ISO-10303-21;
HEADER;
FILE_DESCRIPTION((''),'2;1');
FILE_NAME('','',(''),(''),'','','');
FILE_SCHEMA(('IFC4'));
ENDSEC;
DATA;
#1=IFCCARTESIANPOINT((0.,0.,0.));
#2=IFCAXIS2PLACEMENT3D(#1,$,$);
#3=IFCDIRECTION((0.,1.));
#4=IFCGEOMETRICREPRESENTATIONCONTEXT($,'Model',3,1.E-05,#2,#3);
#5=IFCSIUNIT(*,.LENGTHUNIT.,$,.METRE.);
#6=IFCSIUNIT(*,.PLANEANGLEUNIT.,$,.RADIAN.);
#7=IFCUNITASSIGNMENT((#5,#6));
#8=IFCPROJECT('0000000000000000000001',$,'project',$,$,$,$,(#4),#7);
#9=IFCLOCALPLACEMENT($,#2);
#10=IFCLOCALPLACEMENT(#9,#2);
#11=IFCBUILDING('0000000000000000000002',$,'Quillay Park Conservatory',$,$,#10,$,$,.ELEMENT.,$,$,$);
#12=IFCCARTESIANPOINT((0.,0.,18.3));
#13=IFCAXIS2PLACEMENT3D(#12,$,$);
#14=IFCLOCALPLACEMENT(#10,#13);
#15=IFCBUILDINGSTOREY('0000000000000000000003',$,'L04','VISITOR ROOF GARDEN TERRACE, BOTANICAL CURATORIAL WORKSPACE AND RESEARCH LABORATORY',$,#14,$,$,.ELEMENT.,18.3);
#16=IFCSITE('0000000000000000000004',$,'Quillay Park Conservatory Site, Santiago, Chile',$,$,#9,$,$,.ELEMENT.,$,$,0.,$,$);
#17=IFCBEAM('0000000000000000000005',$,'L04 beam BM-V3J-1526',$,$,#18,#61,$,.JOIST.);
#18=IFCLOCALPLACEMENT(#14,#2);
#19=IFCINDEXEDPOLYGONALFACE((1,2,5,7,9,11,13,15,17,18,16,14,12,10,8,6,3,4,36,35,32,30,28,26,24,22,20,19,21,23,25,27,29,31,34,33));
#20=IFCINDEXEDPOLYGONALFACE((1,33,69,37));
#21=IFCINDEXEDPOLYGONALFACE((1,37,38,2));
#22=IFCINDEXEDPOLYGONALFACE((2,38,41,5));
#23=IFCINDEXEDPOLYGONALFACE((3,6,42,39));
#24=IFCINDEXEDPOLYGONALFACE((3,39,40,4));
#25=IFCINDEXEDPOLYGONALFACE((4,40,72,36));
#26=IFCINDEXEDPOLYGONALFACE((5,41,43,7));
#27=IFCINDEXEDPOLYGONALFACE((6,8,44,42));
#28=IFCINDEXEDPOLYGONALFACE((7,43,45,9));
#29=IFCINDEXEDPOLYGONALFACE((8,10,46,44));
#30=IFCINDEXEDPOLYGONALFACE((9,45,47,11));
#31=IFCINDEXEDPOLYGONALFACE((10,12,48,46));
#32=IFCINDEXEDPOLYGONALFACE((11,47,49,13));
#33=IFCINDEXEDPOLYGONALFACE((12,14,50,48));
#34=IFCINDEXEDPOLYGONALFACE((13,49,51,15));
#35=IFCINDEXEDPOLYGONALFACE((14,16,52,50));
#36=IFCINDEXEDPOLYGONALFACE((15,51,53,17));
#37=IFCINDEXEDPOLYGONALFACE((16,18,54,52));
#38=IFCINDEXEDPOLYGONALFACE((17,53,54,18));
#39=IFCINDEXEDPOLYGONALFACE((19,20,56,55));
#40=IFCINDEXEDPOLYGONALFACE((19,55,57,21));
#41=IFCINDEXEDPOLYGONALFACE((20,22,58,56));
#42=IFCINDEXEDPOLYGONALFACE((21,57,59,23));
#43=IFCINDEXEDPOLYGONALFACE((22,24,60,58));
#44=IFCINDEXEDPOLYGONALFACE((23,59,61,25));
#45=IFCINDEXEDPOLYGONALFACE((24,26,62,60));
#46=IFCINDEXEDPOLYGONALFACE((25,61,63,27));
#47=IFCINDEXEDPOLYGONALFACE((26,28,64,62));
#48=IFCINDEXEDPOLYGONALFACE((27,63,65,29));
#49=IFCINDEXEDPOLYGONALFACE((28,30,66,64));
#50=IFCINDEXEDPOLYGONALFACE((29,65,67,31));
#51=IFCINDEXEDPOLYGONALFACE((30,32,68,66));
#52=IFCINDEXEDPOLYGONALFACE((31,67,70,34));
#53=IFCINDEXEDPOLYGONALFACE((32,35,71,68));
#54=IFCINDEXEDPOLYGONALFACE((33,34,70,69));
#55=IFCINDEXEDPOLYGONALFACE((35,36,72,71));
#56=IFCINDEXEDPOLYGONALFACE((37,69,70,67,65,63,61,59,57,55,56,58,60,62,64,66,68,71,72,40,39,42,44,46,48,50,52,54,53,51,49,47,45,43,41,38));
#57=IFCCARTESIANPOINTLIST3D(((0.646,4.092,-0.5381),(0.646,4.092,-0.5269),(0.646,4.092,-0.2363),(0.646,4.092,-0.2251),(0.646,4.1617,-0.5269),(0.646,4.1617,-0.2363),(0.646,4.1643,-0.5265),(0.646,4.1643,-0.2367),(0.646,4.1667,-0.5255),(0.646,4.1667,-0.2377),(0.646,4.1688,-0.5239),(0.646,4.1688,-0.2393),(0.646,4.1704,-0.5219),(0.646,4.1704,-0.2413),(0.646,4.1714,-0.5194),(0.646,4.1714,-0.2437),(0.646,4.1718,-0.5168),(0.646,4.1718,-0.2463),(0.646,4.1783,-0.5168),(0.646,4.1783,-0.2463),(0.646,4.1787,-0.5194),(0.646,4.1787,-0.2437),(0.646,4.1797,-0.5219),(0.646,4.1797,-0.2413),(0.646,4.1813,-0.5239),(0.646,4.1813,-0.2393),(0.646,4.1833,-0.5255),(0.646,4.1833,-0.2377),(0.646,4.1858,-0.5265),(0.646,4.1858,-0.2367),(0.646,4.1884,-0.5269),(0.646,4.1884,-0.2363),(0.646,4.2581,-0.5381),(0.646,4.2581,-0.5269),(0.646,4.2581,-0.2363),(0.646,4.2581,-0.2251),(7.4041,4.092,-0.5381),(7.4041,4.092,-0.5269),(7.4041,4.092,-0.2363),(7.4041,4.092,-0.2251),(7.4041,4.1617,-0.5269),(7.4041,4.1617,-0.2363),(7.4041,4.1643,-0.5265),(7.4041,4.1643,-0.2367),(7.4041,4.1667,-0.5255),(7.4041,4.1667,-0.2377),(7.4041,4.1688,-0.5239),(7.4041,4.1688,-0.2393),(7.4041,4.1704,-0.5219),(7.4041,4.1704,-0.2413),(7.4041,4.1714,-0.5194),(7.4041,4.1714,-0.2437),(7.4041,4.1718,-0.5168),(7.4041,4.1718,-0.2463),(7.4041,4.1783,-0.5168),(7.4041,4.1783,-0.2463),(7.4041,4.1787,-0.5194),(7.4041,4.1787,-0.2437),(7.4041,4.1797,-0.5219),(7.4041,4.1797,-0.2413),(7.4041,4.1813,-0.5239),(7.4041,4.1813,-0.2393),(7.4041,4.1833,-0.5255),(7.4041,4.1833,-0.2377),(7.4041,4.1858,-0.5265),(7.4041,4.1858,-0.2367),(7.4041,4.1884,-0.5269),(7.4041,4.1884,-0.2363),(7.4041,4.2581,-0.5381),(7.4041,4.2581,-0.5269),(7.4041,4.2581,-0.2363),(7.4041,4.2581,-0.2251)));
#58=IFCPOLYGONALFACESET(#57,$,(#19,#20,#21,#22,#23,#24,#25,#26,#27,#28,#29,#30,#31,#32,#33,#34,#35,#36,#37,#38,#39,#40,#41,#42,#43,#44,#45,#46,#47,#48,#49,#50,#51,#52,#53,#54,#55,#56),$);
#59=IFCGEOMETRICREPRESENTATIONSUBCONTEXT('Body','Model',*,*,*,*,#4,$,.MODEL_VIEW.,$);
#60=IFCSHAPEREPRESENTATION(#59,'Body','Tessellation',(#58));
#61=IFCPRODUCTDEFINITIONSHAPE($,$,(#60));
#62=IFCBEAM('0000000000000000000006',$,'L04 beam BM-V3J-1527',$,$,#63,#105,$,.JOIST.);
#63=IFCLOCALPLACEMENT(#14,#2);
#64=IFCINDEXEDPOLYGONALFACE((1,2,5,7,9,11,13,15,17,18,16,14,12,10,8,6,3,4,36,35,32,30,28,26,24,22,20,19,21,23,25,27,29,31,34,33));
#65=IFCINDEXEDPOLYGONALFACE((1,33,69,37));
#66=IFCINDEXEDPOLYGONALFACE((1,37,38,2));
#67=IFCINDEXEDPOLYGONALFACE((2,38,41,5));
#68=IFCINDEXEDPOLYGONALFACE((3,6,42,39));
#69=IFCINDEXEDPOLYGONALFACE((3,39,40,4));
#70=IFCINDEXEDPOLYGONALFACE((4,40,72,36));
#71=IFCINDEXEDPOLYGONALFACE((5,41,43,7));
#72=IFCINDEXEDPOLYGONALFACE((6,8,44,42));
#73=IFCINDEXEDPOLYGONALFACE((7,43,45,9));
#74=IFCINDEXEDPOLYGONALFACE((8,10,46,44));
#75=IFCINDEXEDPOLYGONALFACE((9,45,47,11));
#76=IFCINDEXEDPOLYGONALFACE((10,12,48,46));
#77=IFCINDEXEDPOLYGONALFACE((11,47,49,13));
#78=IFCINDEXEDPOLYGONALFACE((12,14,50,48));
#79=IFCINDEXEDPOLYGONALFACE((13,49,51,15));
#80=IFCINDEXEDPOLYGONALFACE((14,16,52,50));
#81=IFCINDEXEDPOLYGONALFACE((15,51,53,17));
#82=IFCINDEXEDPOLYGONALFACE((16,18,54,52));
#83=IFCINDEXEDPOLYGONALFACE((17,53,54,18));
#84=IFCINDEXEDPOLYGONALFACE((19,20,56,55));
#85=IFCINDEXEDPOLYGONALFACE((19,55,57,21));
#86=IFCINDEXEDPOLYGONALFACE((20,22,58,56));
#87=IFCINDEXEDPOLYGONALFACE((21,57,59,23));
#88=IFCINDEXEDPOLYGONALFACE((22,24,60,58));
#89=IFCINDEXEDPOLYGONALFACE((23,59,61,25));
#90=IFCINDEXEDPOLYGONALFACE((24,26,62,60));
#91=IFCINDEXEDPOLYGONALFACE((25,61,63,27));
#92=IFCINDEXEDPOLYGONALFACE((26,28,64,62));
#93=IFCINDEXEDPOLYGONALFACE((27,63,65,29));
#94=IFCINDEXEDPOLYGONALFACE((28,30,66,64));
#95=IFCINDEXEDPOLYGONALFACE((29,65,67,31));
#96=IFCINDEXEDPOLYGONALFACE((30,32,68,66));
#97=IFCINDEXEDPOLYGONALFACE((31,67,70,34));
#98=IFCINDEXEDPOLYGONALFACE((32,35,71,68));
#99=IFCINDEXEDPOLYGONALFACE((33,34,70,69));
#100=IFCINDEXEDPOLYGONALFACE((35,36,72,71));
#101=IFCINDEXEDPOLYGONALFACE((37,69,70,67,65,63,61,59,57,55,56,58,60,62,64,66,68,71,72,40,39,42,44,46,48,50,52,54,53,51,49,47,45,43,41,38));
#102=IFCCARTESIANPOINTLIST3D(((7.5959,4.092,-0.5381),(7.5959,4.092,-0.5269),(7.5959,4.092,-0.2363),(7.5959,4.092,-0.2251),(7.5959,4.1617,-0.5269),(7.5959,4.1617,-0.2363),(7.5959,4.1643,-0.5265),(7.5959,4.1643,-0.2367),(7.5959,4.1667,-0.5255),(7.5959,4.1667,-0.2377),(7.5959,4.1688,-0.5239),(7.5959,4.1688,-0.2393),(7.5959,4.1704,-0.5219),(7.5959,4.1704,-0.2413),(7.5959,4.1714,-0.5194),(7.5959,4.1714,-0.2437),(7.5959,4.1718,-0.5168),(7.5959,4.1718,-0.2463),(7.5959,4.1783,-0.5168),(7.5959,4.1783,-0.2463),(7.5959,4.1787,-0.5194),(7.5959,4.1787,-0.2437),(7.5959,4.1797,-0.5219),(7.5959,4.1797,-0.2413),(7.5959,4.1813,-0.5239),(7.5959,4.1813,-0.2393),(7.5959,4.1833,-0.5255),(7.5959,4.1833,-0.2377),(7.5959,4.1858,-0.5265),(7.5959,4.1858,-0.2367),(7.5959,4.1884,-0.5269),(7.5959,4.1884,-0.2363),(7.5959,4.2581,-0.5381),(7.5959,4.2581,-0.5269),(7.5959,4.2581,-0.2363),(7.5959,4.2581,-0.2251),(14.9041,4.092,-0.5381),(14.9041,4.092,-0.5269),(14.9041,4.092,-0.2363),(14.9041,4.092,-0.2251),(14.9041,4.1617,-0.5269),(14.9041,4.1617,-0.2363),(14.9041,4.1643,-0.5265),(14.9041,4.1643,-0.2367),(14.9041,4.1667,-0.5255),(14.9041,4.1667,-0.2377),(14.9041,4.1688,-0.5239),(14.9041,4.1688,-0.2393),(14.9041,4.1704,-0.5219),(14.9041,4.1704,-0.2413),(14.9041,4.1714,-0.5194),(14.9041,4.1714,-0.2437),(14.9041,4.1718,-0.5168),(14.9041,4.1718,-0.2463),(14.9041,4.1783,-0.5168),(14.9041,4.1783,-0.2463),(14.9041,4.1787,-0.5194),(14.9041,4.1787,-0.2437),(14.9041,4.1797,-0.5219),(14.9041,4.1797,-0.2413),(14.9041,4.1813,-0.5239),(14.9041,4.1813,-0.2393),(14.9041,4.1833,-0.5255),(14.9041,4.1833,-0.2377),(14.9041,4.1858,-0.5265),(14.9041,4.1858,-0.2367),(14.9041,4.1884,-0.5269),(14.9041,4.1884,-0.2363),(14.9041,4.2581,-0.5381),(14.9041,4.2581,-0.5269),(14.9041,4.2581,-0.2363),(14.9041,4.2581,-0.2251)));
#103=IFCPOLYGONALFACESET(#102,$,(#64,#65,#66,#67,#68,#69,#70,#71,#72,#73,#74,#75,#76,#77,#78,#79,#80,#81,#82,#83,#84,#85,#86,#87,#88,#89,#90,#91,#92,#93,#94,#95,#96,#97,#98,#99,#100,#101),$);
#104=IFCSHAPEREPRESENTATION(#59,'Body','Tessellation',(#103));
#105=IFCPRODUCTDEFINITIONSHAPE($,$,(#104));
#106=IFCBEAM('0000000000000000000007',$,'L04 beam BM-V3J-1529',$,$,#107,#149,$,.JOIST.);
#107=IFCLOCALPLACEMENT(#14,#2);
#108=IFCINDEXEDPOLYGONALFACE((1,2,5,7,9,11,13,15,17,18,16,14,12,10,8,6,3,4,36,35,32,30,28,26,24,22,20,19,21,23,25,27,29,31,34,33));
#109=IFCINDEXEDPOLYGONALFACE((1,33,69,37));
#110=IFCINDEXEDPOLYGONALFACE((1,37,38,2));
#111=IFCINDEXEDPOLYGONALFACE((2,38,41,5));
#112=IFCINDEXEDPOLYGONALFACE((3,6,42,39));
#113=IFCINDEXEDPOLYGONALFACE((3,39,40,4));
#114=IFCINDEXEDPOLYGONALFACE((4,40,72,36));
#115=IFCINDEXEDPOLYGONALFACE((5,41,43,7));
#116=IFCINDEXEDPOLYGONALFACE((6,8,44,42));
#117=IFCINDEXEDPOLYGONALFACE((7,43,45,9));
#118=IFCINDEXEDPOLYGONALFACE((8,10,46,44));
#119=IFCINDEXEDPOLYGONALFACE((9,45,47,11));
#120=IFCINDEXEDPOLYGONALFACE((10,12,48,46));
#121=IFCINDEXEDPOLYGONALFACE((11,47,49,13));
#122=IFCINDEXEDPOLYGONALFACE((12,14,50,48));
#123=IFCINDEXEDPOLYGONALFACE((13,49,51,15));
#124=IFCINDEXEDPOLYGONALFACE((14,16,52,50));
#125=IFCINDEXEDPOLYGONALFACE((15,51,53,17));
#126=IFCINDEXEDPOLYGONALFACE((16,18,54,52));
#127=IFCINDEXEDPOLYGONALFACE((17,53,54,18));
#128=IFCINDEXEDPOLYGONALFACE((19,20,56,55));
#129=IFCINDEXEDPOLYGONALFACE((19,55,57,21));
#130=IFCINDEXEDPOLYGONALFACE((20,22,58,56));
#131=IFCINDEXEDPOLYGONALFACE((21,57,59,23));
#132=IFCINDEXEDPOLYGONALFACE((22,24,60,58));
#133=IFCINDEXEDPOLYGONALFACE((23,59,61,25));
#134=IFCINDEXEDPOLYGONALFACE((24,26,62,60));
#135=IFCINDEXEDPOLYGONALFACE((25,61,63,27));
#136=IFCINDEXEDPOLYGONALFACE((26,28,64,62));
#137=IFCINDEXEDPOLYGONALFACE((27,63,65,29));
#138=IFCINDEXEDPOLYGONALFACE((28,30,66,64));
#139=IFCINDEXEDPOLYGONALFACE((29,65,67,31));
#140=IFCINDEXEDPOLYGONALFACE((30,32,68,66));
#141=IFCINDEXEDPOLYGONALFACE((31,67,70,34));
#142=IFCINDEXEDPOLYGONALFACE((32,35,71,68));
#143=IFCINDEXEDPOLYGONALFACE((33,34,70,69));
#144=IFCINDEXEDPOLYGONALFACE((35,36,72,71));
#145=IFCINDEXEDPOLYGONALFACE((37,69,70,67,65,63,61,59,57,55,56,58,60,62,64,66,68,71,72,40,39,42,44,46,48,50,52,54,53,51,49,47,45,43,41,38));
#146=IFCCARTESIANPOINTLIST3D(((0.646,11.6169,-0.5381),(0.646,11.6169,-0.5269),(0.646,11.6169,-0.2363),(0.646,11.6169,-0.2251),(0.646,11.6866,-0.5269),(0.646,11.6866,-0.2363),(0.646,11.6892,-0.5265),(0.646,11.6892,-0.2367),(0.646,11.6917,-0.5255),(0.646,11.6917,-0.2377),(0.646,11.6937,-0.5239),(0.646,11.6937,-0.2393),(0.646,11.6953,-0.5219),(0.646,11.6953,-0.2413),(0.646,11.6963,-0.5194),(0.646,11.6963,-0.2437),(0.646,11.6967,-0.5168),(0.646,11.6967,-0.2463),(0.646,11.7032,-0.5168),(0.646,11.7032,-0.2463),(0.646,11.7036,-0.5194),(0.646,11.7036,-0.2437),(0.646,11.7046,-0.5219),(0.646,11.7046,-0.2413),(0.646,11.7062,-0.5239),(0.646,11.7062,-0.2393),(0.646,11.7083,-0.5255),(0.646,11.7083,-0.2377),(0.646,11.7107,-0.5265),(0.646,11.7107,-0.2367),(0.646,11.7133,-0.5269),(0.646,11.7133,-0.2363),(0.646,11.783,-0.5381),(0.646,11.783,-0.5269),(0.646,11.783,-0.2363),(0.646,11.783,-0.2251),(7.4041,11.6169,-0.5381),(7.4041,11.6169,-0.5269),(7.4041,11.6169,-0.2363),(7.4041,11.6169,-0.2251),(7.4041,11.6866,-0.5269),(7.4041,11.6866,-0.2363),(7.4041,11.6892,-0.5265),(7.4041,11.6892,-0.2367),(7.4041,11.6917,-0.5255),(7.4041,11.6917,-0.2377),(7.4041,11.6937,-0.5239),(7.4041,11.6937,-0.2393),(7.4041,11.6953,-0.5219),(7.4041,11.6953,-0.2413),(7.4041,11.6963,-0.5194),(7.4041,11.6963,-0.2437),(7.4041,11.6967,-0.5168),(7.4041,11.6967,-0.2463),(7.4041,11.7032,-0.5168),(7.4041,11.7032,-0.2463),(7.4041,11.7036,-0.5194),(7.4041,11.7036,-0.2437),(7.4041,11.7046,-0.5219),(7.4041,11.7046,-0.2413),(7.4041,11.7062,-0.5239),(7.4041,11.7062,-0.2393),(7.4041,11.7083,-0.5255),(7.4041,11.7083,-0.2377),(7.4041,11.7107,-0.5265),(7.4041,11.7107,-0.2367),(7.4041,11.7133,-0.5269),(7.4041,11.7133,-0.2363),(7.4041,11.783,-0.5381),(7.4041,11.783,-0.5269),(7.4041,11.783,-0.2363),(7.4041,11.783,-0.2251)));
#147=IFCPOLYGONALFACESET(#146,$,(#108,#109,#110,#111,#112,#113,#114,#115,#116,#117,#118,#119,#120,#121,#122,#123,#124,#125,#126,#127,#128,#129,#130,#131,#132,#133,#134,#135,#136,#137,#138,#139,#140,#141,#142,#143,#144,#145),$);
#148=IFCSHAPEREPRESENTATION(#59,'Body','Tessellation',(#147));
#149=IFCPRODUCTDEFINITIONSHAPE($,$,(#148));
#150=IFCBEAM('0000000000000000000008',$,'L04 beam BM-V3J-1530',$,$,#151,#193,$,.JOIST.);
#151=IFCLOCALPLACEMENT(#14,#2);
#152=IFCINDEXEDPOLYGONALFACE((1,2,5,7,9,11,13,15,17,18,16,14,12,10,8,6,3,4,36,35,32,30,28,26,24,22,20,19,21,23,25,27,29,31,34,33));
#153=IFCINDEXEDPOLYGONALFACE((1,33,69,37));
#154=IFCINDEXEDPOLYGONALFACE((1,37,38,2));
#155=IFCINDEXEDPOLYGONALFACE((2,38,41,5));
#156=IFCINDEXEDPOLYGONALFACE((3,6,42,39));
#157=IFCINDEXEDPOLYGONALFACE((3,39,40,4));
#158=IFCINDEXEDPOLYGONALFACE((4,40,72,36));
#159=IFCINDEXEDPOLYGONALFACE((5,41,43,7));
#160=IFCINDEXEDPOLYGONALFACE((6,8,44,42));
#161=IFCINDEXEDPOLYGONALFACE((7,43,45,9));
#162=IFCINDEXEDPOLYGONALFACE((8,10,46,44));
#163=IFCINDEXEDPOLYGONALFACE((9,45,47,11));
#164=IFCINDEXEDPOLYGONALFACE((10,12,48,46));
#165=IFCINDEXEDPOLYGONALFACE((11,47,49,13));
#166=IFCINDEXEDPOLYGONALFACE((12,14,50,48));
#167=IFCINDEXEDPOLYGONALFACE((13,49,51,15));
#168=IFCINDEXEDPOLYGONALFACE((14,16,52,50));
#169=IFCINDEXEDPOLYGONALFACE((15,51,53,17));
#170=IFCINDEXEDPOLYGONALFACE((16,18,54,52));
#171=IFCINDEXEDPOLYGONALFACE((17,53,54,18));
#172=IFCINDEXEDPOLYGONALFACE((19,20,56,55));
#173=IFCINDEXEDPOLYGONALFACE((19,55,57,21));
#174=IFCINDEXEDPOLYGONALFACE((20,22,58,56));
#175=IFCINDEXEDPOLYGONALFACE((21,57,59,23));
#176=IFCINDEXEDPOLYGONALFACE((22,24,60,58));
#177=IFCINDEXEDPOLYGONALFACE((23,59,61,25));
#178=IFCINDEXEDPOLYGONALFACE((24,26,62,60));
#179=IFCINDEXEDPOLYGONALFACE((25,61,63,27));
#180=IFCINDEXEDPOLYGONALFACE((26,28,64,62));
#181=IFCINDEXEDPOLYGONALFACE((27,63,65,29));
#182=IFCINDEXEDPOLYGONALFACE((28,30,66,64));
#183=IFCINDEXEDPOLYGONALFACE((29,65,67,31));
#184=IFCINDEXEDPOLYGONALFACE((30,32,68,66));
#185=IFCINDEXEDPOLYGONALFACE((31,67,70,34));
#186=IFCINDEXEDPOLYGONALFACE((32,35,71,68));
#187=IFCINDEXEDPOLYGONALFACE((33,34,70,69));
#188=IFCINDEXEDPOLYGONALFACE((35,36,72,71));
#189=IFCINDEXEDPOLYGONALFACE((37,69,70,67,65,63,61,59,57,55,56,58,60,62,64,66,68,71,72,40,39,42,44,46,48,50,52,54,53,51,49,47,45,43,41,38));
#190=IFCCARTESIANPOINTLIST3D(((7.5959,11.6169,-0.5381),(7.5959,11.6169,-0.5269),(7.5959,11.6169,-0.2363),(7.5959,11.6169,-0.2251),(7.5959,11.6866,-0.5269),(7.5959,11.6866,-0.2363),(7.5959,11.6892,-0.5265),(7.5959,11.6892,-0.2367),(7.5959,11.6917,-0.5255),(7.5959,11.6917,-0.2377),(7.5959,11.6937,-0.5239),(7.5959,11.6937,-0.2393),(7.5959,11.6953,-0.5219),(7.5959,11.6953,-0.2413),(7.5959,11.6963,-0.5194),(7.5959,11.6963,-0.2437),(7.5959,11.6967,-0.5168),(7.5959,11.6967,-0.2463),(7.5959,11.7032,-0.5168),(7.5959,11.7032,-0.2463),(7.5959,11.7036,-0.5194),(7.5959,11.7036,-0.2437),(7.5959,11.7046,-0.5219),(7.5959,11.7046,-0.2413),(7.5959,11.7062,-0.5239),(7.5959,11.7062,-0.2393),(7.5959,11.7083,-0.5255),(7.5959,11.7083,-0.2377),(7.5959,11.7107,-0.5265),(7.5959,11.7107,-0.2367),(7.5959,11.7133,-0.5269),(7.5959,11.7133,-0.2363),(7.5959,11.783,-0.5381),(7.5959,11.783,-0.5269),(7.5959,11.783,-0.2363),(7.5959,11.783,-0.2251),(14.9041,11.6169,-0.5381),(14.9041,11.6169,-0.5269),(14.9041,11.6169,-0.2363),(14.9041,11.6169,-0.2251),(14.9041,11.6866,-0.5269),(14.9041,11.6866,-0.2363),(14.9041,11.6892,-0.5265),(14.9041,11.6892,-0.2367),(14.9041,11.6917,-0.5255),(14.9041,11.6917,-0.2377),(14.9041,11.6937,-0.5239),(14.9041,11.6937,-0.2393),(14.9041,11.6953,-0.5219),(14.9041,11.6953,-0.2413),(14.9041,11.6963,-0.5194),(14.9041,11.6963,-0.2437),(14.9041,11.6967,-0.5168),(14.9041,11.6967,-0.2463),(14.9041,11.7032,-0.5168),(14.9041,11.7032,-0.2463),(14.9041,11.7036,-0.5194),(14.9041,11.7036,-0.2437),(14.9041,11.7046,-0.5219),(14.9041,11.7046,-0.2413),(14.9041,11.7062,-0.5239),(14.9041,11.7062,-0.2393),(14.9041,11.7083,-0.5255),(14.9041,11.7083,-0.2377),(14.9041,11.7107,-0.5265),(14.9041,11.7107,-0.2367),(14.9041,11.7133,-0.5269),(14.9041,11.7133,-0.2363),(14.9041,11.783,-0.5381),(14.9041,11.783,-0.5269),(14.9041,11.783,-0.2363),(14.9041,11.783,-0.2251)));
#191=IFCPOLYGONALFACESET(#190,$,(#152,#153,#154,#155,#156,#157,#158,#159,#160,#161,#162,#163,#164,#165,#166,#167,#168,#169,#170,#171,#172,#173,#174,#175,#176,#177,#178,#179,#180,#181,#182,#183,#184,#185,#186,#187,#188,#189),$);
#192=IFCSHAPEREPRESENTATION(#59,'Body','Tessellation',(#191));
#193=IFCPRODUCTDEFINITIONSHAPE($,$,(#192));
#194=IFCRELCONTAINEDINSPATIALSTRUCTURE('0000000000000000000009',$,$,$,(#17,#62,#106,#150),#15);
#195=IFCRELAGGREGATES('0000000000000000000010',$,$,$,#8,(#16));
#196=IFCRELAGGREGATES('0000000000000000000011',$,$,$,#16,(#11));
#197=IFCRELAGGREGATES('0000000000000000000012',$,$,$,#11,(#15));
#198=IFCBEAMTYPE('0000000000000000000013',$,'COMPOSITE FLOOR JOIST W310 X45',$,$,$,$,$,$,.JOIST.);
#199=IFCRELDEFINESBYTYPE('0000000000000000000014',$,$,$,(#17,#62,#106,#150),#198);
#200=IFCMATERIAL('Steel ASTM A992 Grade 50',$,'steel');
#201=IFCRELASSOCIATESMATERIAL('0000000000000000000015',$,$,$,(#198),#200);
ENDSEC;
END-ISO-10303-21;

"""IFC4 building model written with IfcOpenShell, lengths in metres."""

from ifc_helpers import new_model, si_unit, direction, frame, origin, origin_2d, place, context, subcontext, project, spatial, i_section, extrude, material, material_profile, profile_set, type_object, element, save


model = new_model("IFC4")

# Units and contexts
model_context = context("Model", 3, precision=1e-05, world=origin(), true_north=direction((0.0, 1.0)))
body_context = subcontext(model_context, "Body", "Model", "MODEL_VIEW")
ifc_project = project(units=[si_unit("LENGTHUNIT", "METRE"), si_unit("PLANEANGLEUNIT", "RADIAN")], contexts=[model_context])

# Site, building, storey
site_placement = place(None, origin())
site = spatial("IfcSite", under=ifc_project, at=site_placement, Name="Quillay Park Conservatory Site, Santiago, Chile", CompositionType="ELEMENT", RefElevation=0.0)
building_placement = place(site_placement, origin())
building = spatial("IfcBuilding", under=site, at=building_placement, Name="Quillay Park Conservatory", CompositionType="ELEMENT")
storey_placement = place(building_placement, frame((0.0, 0.0, 18.3)))
storey = spatial("IfcBuildingStorey", under=building, at=storey_placement, Name="L04", Description="VISITOR ROOF GARDEN TERRACE, BOTANICAL CURATORIAL WORKSPACE AND RESEARCH LABORATORY", CompositionType="ELEMENT", Elevation=18.3)

# Beams
ifc_material_1 = material(Name="Steel ASTM A992 Grade 50", Category="steel")
ifc_material_profile_1 = material_profile(ifc_material_1, i_section(OverallWidth=0.166, OverallDepth=0.313, WebThickness=0.0066, FlangeThickness=0.0112, FilletRadius=0.01, at=origin_2d()), Name="W310x45")
ifc_profile_set_1 = profile_set([ifc_material_profile_1], Name="Steel ASTM A992 Grade 50")
beam_type_1 = type_object("IfcBeamType", Name="COMPOSITE FLOOR JOIST W310 X45", PredefinedType="JOIST", material=ifc_profile_set_1)
beam_1_placement = place(storey_placement, frame((0.646, 4.175, -0.3816), z_axis=(1.0, 0.0, 0.0), x_axis=(0.0, 1.0, 0.0)))
element("IfcBeam", 1, at=beam_1_placement, inside=storey, type_object=beam_type_1, Name="L04 beam BM-V3J-1526", PredefinedType="JOIST", context=body_context, shape_type="SweptSolid", body=[
    extrude(i_section(OverallWidth=0.166, OverallDepth=0.313, WebThickness=0.0066, FlangeThickness=0.0112, FilletRadius=0.01, at=origin_2d()), origin(), (0.0, 0.0, 1.0), 6.7581),
])
beam_2_placement = place(storey_placement, frame((7.5959, 4.175, -0.3816), z_axis=(1.0, 0.0, 0.0), x_axis=(0.0, 1.0, 0.0)))
element("IfcBeam", 2, at=beam_2_placement, inside=storey, type_object=beam_type_1, Name="L04 beam BM-V3J-1527", PredefinedType="JOIST", context=body_context, shape_type="SweptSolid", body=[
    extrude(i_section(OverallWidth=0.166, OverallDepth=0.313, WebThickness=0.0066, FlangeThickness=0.0112, FilletRadius=0.01, at=origin_2d()), origin(), (0.0, 0.0, 1.0), 7.3081),
])
beam_3_placement = place(storey_placement, frame((0.646, 11.7, -0.3816), z_axis=(1.0, 0.0, 0.0), x_axis=(0.0, 1.0, 0.0)))
element("IfcBeam", 3, at=beam_3_placement, inside=storey, type_object=beam_type_1, Name="L04 beam BM-V3J-1529", PredefinedType="JOIST", context=body_context, shape_type="SweptSolid", body=[
    extrude(i_section(OverallWidth=0.166, OverallDepth=0.313, WebThickness=0.0066, FlangeThickness=0.0112, FilletRadius=0.01, at=origin_2d()), origin(), (0.0, 0.0, 1.0), 6.7581),
])
beam_4_placement = place(storey_placement, frame((7.5959, 11.7, -0.3816), z_axis=(1.0, 0.0, 0.0), x_axis=(0.0, 1.0, 0.0)))
element("IfcBeam", 4, at=beam_4_placement, inside=storey, type_object=beam_type_1, Name="L04 beam BM-V3J-1530", PredefinedType="JOIST", context=body_context, shape_type="SweptSolid", body=[
    extrude(i_section(OverallWidth=0.166, OverallDepth=0.313, WebThickness=0.0066, FlangeThickness=0.0112, FilletRadius=0.01, at=origin_2d()), origin(), (0.0, 0.0, 1.0), 7.3081),
])

save(model, "model.ifc")
